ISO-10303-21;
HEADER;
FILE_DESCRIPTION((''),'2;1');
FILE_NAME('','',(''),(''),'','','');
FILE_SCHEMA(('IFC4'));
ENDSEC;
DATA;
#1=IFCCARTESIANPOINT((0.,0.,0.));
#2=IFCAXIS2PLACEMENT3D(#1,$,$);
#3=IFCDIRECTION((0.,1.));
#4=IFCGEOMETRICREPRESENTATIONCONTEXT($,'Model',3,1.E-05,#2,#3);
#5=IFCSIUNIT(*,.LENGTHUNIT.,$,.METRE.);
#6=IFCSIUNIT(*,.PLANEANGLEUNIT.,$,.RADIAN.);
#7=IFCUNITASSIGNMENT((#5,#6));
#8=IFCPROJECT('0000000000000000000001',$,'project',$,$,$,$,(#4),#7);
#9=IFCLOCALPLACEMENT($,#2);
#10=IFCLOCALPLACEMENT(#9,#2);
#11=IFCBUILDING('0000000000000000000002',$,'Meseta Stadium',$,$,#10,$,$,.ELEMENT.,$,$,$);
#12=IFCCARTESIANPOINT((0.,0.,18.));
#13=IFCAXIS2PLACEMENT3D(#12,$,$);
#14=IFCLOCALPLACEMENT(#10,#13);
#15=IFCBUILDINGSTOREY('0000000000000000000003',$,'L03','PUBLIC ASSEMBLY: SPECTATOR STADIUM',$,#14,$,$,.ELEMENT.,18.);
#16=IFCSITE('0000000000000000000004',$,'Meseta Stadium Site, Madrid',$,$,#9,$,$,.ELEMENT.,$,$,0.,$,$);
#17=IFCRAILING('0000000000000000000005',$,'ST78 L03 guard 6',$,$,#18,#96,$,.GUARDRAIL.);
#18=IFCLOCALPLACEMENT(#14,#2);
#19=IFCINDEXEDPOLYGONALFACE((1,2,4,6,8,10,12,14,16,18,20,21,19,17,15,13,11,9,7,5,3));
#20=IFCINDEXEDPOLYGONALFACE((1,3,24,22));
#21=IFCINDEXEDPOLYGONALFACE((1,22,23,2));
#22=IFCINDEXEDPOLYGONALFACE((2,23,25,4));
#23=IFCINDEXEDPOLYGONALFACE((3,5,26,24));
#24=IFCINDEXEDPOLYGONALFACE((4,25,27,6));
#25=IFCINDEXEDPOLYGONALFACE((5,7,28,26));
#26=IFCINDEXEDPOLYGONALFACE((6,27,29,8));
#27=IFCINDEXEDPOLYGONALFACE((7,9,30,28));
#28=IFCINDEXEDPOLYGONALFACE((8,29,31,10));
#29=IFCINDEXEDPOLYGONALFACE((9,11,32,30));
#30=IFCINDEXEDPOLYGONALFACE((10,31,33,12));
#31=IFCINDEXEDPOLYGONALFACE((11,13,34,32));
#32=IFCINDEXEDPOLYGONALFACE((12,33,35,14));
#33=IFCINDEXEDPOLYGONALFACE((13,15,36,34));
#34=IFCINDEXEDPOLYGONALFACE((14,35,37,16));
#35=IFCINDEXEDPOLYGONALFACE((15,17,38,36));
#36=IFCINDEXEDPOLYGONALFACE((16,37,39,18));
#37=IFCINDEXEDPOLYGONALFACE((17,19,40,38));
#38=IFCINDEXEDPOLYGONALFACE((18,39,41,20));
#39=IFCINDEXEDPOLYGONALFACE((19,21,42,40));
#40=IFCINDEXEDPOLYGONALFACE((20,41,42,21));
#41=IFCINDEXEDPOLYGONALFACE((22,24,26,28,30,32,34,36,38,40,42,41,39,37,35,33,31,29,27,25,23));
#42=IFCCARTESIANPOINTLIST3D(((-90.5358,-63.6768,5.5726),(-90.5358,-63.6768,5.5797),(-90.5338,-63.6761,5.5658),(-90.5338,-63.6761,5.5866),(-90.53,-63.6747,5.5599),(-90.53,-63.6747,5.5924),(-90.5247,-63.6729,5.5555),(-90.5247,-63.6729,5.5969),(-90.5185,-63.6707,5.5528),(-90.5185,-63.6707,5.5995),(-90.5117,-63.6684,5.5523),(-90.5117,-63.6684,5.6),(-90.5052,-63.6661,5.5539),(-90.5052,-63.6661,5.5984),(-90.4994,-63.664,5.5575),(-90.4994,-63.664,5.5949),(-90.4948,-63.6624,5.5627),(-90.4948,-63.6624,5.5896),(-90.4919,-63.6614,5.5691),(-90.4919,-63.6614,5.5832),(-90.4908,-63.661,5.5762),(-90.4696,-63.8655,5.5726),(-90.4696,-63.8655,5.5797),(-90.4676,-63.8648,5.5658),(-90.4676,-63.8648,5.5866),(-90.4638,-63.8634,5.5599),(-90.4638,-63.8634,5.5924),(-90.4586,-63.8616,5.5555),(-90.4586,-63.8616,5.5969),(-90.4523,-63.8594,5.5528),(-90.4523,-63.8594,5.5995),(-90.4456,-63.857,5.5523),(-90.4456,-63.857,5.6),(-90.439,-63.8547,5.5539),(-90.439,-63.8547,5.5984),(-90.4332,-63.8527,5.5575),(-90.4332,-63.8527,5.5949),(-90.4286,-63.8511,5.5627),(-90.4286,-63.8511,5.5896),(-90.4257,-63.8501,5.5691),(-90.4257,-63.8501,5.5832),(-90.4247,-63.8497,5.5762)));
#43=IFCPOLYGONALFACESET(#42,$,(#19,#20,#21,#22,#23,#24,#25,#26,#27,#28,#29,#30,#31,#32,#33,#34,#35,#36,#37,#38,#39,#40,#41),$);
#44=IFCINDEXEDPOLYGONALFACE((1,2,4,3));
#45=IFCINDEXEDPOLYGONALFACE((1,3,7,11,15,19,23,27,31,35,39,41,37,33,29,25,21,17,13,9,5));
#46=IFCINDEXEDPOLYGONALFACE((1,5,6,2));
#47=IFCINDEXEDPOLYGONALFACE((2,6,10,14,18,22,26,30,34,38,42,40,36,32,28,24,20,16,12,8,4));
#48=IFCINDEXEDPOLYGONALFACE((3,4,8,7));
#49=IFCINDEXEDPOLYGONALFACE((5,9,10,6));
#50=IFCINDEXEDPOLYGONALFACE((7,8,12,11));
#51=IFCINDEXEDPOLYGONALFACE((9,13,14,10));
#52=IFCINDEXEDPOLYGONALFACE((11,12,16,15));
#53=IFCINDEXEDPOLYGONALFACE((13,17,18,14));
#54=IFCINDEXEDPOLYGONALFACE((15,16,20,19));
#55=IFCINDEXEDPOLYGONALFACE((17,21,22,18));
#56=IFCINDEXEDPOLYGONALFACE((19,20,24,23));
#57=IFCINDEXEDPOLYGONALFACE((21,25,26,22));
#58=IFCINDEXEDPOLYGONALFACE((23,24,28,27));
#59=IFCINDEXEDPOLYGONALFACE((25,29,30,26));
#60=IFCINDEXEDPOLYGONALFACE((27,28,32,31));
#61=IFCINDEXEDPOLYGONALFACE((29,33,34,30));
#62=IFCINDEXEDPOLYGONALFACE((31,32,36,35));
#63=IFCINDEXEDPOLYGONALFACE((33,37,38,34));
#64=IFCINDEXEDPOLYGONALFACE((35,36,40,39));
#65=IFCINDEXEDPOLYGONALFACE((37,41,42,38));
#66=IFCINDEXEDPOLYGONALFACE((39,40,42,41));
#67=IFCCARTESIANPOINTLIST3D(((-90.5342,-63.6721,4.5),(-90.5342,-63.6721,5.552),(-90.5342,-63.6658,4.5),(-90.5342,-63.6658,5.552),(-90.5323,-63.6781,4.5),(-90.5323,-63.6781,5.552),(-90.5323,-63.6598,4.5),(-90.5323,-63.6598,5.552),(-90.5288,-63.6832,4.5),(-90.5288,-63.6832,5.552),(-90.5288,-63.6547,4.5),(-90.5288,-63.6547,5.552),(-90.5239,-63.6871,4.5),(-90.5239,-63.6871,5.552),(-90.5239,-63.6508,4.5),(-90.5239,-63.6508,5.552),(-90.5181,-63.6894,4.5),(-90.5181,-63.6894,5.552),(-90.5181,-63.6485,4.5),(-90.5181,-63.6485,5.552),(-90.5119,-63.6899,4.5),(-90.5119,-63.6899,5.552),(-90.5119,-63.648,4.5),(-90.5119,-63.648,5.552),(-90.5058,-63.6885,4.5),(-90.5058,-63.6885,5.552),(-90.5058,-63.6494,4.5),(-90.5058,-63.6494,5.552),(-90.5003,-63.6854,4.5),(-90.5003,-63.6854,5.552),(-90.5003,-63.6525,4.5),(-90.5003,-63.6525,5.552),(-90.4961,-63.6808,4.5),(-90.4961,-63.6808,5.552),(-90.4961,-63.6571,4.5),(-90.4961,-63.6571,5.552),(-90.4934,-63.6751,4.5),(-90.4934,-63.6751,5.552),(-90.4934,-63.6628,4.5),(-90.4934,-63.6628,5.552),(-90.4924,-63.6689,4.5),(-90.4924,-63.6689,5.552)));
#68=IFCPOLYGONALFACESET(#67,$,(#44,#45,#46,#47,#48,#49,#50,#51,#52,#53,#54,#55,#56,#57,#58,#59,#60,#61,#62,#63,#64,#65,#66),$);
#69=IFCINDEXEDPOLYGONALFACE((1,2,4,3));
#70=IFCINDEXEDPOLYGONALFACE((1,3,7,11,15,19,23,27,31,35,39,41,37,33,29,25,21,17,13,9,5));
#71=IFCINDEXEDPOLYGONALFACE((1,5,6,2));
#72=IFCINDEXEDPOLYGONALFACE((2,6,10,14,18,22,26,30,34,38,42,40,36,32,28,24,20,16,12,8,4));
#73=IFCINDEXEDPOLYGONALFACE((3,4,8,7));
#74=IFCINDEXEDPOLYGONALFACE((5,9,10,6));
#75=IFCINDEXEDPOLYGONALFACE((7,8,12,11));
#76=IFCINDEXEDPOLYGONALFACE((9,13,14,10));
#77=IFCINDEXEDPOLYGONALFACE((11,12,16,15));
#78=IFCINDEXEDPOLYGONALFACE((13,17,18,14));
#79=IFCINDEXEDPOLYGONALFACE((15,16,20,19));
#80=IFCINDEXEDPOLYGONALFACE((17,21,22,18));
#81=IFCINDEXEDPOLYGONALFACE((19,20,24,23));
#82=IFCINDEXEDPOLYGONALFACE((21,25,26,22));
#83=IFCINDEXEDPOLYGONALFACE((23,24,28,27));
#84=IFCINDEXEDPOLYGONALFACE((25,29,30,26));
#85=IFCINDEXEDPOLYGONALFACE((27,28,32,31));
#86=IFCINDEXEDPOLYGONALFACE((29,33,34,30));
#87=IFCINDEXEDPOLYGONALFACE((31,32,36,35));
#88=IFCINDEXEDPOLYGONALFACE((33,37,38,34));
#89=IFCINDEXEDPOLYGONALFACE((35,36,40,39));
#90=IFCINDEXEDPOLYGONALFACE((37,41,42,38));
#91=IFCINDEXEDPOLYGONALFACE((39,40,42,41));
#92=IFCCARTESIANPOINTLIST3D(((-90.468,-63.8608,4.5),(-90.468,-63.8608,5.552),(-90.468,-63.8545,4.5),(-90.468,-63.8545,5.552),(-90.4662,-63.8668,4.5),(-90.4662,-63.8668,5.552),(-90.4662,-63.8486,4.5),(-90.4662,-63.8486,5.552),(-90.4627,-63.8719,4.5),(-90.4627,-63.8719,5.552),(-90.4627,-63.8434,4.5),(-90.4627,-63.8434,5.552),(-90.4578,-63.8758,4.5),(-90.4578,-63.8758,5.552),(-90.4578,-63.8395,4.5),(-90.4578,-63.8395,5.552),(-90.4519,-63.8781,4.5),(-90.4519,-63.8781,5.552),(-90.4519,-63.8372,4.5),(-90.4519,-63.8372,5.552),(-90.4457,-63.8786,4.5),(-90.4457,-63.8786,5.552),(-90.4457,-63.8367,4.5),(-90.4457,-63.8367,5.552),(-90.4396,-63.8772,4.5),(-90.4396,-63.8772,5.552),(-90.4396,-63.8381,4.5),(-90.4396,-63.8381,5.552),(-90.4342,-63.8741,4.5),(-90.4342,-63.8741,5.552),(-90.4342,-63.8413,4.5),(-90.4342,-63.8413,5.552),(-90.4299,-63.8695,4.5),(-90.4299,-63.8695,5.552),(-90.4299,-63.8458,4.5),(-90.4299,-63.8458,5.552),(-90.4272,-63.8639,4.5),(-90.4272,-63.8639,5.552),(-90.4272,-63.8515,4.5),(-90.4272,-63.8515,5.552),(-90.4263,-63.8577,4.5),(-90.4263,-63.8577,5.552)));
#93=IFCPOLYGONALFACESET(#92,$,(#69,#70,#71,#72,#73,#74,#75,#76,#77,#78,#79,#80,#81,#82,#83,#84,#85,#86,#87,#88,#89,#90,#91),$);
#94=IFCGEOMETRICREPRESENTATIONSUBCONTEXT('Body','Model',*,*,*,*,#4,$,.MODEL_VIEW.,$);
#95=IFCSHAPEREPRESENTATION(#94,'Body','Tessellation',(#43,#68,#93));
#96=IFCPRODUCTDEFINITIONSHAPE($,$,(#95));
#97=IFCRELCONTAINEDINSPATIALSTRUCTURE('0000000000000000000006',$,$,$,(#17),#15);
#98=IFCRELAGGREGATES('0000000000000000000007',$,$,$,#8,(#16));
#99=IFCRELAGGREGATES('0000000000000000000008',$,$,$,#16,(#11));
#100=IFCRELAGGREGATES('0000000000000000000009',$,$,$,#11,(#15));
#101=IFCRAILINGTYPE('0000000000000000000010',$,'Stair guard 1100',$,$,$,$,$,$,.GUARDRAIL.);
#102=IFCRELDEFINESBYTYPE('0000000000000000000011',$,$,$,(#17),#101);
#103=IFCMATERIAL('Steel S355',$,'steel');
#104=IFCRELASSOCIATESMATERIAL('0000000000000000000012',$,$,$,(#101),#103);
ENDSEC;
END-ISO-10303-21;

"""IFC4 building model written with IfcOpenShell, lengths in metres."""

from ifc_helpers import new_model, si_unit, direction, frame, origin, origin_2d, place, context, subcontext, project, spatial, circle, extrude, material, type_object, element, save


model = new_model("IFC4")

# Units and contexts
model_context = context("Model", 3, precision=1e-05, world=origin(), true_north=direction((0.0, 1.0)))
body_context = subcontext(model_context, "Body", "Model", "MODEL_VIEW")
ifc_project = project(units=[si_unit("LENGTHUNIT", "METRE"), si_unit("PLANEANGLEUNIT", "RADIAN")], contexts=[model_context])

# Site, building, storey
site_placement = place(None, origin())
site = spatial("IfcSite", under=ifc_project, at=site_placement, Name="Meseta Stadium Site, Madrid", CompositionType="ELEMENT", RefElevation=0.0)
building_placement = place(site_placement, origin())
building = spatial("IfcBuilding", under=site, at=building_placement, Name="Meseta Stadium", CompositionType="ELEMENT")
storey_placement = place(building_placement, frame((0.0, 0.0, 18.0)))
storey = spatial("IfcBuildingStorey", under=building, at=storey_placement, Name="L03", Description="PUBLIC ASSEMBLY: SPECTATOR STADIUM", CompositionType="ELEMENT", Elevation=18.0)

# Railing
ifc_material_1 = material(Name="Steel S355", Category="steel")
railing_type_1 = type_object("IfcRailingType", Name="Stair guard 1100", PredefinedType="GUARDRAIL", material=ifc_material_1)
railing_1_placement = place(storey_placement, frame((-90.5134, -63.6689, 4.5)))
element("IfcRailing", 1, at=railing_1_placement, inside=storey, type_object=railing_type_1, Name="ST78 L03 guard 6", PredefinedType="GUARDRAIL", context=body_context, shape_type="SweptSolid", body=[
    extrude(circle(Radius=0.0239, at=origin_2d()), frame((0.0, 0.0, 1.0762), z_axis=(0.33084, -0.943687, 0.0), x_axis=(0.943687, 0.33084, 0.0)), (0.0, 0.0, 1.0), 0.2),
    extrude(circle(Radius=0.021, at=origin_2d()), origin(), (0.0, 0.0, 1.0), 1.052),
    extrude(circle(Radius=0.021, at=origin_2d()), frame((0.0662, -0.1887, 0.0)), (0.0, 0.0, 1.0), 1.052),
])

save(model, "model.ifc")
